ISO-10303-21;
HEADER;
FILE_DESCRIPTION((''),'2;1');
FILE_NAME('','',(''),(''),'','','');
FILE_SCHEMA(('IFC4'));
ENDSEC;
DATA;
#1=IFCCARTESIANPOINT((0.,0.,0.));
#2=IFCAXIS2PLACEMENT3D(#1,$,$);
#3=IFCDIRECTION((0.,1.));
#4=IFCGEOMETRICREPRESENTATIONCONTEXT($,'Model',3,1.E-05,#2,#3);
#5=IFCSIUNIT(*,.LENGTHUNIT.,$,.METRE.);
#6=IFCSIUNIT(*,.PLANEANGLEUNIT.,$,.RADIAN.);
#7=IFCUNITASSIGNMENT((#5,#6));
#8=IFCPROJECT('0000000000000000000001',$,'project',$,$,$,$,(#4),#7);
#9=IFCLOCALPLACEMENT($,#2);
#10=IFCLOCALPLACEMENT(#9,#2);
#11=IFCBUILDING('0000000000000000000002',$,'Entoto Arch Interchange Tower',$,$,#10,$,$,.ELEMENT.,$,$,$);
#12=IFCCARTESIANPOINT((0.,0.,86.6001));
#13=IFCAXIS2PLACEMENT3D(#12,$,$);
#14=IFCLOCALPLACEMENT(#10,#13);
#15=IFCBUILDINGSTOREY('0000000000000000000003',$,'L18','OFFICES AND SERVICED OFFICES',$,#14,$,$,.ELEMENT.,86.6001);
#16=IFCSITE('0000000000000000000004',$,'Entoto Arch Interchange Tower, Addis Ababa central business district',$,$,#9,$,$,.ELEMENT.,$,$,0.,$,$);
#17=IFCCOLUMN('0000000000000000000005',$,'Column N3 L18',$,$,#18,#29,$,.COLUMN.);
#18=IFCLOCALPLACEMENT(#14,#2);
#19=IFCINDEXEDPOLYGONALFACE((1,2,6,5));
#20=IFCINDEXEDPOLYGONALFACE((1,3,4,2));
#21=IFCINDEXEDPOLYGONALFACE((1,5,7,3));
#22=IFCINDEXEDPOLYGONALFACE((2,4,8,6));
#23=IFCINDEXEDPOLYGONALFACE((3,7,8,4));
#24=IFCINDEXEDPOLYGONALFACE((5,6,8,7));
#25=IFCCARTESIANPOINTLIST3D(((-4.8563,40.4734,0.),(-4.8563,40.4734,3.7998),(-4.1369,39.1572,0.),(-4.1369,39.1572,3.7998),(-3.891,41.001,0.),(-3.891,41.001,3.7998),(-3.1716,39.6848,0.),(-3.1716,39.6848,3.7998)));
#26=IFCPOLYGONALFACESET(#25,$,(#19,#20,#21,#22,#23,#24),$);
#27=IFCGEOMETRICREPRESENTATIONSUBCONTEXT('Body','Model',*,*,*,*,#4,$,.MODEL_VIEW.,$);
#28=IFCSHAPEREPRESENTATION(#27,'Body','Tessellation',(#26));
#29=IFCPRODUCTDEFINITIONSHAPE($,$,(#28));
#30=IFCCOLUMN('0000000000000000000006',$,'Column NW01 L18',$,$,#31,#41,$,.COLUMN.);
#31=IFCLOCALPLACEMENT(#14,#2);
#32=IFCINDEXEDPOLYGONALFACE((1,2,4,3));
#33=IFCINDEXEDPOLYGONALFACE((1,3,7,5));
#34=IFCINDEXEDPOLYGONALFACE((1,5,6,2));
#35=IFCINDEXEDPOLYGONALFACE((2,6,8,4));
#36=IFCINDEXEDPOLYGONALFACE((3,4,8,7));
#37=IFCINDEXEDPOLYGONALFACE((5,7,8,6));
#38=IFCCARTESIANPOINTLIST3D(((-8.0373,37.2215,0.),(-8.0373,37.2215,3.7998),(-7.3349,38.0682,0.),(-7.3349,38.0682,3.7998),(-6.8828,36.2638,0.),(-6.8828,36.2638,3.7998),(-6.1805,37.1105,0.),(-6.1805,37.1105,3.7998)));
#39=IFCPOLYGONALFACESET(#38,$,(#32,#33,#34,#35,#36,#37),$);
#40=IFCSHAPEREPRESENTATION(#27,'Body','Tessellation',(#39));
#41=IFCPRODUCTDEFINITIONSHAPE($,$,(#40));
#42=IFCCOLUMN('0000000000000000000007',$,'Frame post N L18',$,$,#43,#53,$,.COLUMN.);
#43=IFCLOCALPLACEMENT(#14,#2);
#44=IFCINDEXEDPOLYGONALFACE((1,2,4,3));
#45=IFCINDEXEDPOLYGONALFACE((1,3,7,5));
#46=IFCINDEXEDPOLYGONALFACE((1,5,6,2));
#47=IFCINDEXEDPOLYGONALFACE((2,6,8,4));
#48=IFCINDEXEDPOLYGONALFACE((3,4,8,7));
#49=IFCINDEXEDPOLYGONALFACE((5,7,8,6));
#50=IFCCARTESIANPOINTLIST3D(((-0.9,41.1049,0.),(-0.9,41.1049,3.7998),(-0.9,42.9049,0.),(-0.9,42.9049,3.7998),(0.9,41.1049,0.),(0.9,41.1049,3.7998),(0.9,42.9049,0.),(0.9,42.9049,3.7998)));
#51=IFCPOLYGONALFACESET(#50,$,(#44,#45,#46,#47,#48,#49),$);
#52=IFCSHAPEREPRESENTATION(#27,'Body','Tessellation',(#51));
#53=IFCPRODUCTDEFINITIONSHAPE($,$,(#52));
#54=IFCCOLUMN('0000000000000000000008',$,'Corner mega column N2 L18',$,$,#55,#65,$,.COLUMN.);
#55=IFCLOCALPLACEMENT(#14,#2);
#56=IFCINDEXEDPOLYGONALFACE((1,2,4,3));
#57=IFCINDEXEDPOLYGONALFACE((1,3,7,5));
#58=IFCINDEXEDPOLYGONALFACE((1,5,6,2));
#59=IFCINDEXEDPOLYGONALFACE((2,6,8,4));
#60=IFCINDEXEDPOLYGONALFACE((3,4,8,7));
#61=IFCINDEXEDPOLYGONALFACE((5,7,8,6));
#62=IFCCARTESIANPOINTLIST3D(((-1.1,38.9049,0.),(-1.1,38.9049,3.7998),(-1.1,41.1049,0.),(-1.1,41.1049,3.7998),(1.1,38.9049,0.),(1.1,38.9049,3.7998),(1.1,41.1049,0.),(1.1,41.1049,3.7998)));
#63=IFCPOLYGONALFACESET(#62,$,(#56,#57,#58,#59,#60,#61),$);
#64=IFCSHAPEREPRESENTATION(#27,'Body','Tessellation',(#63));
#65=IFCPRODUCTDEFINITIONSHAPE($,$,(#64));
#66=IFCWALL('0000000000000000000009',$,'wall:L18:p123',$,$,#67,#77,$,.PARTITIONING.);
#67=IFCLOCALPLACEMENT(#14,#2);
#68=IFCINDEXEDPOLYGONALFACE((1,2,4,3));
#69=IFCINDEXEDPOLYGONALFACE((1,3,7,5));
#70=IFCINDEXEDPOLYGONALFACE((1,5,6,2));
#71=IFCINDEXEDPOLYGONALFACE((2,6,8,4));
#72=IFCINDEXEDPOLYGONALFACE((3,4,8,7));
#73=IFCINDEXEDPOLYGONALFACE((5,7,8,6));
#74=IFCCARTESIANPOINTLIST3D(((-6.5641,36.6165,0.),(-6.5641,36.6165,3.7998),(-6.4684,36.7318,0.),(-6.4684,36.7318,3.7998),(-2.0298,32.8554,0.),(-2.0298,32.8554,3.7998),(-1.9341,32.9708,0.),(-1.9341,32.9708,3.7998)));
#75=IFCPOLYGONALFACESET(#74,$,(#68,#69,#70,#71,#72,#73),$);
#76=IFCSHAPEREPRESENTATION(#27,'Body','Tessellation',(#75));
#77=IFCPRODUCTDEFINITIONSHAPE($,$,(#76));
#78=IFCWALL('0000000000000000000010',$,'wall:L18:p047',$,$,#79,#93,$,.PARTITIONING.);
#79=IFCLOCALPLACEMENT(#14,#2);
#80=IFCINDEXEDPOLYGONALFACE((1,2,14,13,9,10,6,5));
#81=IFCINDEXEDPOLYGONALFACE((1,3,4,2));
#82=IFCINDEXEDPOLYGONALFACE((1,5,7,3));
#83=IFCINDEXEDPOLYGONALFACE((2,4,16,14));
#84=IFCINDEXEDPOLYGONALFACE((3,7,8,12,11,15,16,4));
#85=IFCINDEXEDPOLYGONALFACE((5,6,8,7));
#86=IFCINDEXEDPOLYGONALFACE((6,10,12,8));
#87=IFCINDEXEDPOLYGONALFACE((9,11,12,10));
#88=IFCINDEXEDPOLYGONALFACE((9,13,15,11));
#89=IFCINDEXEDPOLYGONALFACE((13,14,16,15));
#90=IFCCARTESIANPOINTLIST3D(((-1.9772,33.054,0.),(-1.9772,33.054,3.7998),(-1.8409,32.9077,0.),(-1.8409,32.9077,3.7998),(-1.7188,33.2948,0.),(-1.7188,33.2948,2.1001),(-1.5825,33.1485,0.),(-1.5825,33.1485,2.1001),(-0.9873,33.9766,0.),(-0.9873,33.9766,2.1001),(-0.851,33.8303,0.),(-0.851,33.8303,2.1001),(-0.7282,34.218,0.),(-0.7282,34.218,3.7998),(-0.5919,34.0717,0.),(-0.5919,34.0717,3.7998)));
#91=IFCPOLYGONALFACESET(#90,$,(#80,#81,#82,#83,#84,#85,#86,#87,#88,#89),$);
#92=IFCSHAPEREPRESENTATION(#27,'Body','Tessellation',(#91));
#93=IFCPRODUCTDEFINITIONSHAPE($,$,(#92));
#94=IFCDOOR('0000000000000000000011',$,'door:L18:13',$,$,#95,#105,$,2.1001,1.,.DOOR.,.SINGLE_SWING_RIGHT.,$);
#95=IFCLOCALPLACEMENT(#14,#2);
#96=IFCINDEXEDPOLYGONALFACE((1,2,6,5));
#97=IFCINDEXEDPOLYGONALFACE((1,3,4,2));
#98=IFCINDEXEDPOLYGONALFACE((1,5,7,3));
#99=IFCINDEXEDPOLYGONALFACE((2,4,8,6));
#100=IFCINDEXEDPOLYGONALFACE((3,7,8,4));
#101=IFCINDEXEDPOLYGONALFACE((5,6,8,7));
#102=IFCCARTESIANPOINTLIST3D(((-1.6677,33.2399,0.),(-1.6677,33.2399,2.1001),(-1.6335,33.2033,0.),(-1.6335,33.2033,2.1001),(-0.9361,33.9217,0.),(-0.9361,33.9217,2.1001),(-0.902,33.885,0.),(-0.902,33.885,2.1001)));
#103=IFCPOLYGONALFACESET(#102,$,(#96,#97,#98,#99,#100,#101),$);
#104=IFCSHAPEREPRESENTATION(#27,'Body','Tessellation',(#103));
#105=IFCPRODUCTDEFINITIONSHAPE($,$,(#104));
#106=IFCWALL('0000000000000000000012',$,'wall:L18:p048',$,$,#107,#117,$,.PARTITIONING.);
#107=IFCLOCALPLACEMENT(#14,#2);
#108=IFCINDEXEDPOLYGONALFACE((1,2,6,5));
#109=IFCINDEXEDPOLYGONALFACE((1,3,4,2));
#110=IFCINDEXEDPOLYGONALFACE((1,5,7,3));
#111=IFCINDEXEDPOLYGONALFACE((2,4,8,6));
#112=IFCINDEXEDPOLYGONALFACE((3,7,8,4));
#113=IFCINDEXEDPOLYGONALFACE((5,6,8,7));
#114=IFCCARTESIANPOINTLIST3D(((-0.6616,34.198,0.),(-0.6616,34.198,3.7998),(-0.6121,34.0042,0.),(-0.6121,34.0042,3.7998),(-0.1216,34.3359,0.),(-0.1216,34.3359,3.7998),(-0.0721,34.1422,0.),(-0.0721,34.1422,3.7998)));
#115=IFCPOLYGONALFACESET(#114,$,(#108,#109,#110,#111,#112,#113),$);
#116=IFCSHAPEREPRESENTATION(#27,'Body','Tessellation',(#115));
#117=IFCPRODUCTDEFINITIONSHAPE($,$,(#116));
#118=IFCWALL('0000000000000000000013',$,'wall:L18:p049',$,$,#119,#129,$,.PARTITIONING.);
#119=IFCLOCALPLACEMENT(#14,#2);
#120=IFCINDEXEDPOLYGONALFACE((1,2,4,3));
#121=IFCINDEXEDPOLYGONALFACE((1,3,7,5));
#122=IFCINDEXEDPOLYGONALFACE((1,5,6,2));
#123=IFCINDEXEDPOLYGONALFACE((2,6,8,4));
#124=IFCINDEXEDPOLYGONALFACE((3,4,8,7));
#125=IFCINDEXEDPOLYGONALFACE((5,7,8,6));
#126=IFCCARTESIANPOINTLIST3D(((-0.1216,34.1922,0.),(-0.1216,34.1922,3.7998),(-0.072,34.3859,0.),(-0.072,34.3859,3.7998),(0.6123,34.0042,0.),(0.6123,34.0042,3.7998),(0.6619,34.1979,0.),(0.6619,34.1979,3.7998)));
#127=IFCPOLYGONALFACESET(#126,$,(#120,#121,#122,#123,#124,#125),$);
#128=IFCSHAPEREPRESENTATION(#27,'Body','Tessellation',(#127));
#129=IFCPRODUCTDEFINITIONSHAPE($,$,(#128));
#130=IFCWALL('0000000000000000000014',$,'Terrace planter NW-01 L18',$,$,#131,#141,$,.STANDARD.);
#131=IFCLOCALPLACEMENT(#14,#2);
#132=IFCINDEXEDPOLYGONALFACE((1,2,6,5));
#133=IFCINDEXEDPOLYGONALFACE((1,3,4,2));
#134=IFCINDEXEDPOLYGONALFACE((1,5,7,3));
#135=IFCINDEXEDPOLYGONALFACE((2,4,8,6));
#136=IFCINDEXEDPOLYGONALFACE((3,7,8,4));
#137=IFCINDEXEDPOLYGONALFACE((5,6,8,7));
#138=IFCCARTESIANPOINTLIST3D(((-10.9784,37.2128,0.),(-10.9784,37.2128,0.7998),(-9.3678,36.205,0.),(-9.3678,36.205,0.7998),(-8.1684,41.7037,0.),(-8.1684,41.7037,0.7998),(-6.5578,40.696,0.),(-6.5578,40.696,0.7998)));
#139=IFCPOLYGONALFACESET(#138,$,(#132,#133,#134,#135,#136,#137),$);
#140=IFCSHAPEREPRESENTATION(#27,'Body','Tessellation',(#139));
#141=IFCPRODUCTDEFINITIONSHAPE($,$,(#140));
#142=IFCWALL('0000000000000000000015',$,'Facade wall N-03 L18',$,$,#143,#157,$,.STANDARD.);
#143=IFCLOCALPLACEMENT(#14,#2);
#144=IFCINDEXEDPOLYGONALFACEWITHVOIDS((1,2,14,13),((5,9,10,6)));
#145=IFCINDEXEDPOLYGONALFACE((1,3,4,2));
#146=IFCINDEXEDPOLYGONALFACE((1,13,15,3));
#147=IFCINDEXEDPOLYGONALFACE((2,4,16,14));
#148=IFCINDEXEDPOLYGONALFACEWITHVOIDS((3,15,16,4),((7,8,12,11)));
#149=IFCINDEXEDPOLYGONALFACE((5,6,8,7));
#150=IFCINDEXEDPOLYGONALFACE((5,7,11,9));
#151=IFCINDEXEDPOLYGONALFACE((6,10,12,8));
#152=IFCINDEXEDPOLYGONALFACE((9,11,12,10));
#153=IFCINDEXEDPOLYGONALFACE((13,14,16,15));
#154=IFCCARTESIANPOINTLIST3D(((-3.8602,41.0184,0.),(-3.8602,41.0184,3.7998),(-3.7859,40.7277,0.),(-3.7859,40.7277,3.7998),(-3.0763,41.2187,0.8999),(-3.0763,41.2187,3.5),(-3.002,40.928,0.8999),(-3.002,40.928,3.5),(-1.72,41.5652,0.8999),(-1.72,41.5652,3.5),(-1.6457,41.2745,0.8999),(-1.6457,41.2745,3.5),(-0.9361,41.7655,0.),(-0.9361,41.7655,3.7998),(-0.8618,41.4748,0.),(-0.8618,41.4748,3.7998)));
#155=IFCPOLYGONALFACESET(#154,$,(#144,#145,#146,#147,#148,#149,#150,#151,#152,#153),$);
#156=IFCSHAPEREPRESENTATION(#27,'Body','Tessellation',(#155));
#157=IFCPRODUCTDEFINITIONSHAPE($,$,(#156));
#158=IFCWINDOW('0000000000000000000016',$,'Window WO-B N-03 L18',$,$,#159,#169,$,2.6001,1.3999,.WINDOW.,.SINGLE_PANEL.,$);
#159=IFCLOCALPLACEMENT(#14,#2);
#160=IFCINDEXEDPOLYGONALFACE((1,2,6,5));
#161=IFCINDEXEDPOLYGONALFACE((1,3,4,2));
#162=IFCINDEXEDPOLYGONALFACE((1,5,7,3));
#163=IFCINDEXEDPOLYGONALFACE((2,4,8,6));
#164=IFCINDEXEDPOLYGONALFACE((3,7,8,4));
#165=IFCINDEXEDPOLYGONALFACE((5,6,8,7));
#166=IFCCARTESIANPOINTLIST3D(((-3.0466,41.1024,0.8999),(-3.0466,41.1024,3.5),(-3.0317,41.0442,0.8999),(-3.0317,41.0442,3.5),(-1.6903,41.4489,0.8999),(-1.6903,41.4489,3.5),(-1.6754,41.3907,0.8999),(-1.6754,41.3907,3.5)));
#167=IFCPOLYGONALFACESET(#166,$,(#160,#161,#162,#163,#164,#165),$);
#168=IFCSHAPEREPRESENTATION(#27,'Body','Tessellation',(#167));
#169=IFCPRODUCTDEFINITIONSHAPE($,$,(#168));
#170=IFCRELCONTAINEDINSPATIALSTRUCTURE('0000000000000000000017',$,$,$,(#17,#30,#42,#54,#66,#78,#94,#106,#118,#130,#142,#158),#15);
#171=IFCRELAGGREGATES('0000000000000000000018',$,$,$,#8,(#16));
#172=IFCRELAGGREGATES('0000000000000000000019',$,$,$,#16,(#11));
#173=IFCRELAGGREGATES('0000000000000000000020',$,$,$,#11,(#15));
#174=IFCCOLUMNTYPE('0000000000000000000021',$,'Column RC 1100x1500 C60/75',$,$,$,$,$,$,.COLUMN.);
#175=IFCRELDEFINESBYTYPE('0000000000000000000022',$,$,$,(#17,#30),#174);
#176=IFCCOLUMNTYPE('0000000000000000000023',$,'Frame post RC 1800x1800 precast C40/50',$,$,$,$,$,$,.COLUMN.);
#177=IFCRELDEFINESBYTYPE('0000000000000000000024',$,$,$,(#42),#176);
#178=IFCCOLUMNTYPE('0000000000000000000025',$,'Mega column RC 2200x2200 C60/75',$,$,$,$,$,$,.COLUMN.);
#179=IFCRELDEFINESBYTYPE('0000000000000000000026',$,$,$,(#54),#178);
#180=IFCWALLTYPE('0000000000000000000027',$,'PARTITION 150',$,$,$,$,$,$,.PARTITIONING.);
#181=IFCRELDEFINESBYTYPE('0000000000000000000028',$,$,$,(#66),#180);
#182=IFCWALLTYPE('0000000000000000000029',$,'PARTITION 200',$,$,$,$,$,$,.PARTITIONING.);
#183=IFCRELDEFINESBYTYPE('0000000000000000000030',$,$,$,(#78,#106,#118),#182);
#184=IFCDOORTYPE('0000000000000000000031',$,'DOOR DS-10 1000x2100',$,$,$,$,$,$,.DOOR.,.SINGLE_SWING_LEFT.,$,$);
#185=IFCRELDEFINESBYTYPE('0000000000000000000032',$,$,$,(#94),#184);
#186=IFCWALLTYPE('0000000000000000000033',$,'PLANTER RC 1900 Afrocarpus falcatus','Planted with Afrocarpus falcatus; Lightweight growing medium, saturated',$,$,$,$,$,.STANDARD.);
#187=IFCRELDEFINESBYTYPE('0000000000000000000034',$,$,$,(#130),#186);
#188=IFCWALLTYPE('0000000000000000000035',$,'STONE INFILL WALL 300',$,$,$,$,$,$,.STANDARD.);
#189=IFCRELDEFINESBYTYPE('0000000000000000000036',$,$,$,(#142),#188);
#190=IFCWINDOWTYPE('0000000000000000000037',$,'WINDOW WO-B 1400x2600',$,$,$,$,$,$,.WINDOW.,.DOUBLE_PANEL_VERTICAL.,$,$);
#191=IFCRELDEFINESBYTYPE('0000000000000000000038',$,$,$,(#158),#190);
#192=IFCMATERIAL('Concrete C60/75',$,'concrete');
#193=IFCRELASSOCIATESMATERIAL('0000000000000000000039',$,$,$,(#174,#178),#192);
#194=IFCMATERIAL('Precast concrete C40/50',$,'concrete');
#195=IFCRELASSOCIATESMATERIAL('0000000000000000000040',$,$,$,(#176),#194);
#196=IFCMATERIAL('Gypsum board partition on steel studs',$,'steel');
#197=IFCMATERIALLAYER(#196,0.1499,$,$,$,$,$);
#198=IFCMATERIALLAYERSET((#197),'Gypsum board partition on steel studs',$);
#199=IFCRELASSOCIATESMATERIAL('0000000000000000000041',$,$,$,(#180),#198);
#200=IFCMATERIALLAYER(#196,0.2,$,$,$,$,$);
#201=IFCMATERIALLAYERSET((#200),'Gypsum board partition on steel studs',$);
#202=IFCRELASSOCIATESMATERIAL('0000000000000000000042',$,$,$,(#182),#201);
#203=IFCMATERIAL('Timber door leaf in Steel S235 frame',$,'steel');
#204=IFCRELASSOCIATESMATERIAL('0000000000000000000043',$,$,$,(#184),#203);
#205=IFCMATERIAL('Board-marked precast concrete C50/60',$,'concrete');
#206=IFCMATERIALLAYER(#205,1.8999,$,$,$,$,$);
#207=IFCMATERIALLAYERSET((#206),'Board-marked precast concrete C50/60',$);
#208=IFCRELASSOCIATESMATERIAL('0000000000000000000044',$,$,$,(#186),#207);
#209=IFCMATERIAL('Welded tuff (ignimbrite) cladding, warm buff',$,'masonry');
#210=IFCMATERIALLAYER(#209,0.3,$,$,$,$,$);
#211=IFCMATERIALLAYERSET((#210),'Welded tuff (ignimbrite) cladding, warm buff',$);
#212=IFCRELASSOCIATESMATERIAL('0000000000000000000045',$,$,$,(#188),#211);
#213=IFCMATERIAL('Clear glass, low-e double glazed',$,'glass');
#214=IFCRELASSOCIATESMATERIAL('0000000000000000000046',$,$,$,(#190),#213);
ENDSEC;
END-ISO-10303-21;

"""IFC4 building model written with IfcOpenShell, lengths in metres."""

from ifc_helpers import new_model, si_unit, direction, frame, frame_2d, origin, origin_2d, place, context, subcontext, project, spatial, rectangle, extrude, material, layer, layer_set, material_profile, profile_set, type_object, element, fill, save


model = new_model("IFC4")

# Units and contexts
model_context = context("Model", 3, precision=1e-05, world=origin(), true_north=direction((0.0, 1.0)))
body_context = subcontext(model_context, "Body", "Model", "MODEL_VIEW")
ifc_project = project(units=[si_unit("LENGTHUNIT", "METRE"), si_unit("PLANEANGLEUNIT", "RADIAN")], contexts=[model_context])

# Site, building, storey
site_placement = place(None, origin())
site = spatial("IfcSite", under=ifc_project, at=site_placement, Name="Entoto Arch Interchange Tower, Addis Ababa central business district", CompositionType="ELEMENT", RefElevation=0.0)
building_placement = place(site_placement, origin())
building = spatial("IfcBuilding", under=site, at=building_placement, Name="Entoto Arch Interchange Tower", CompositionType="ELEMENT")
storey_placement = place(building_placement, frame((0.0, 0.0, 86.6001)))
storey = spatial("IfcBuildingStorey", under=building, at=storey_placement, Name="L18", Description="OFFICES AND SERVICED OFFICES", CompositionType="ELEMENT", Elevation=86.6001)

# Columns
ifc_material_1 = material(Name="Concrete C60/75", Category="concrete")
ifc_material_profile_1 = material_profile(ifc_material_1, rectangle(XDim=1.1001, YDim=1.5, at=origin_2d()))
ifc_profile_set_1 = profile_set([ifc_material_profile_1], Name="Concrete C60/75")
column_type_1 = type_object("IfcColumnType", Name="Column RC 1100x1500 C60/75", PredefinedType="COLUMN", material=ifc_profile_set_1)
for number, where, z_axis, x_axis, name in (
    (1, (-4.0139, 40.0791, 0.0), (0.0, 0.0, 1.0), (0.877481, 0.479611, 0.0), "Column N3 L18"),
    (2, (-7.1089, 37.166, 0.0), (0.0, 0.0, 1.0), (0.638459, 0.769656, 0.0), "Column NW01 L18"),
):
    element("IfcColumn", number, at=place(storey_placement, frame(where, z_axis=z_axis, x_axis=x_axis)), inside=storey, type_object=column_type_1, Name=name, PredefinedType="COLUMN", context=body_context, shape_type="SweptSolid", body=[
        extrude(rectangle(XDim=1.1001, YDim=1.5, at=origin_2d()), origin(), (0.0, 0.0, 1.0), 3.7998),
    ])
ifc_material_2 = material(Name="Precast concrete C40/50", Category="concrete")
ifc_material_profile_2 = material_profile(ifc_material_2, rectangle(XDim=1.8, YDim=1.8, at=origin_2d()))
ifc_profile_set_2 = profile_set([ifc_material_profile_2], Name="Precast concrete C40/50")
column_type_2 = type_object("IfcColumnType", Name="Frame post RC 1800x1800 precast C40/50", PredefinedType="COLUMN", material=ifc_profile_set_2)
column_1_placement = place(storey_placement, frame((0.0, 42.0049, 0.0), z_axis=(0.0, 0.0, 1.0), x_axis=(0.0, 1.0, 0.0)))
element("IfcColumn", 3, at=column_1_placement, inside=storey, type_object=column_type_2, Name="Frame post N L18", PredefinedType="COLUMN", context=body_context, shape_type="SweptSolid", body=[
    extrude(rectangle(XDim=1.8, YDim=1.8, at=origin_2d()), origin(), (0.0, 0.0, 1.0), 3.7998),
])
ifc_material_profile_3 = material_profile(ifc_material_1, rectangle(XDim=2.2, YDim=2.2, at=origin_2d()))
ifc_profile_set_3 = profile_set([ifc_material_profile_3], Name="Concrete C60/75")
column_type_3 = type_object("IfcColumnType", Name="Mega column RC 2200x2200 C60/75", PredefinedType="COLUMN", material=ifc_profile_set_3)
column_2_placement = place(storey_placement, frame((0.0, 40.0049, 0.0), z_axis=(0.0, 0.0, 1.0), x_axis=(0.0, 1.0, 0.0)))
element("IfcColumn", 4, at=column_2_placement, inside=storey, type_object=column_type_3, Name="Corner mega column N2 L18", PredefinedType="COLUMN", context=body_context, shape_type="SweptSolid", body=[
    extrude(rectangle(XDim=2.2, YDim=2.2, at=origin_2d()), origin(), (0.0, 0.0, 1.0), 3.7998),
])

# Wall
ifc_material_3 = material(Name="Gypsum board partition on steel studs", Category="steel")
ifc_layer_1 = layer(ifc_material_3, 0.1499)
ifc_layer_set_1 = layer_set([ifc_layer_1], Name="Gypsum board partition on steel studs")
wall_type_1 = type_object("IfcWallType", Name="PARTITION 150", PredefinedType="PARTITIONING", material=ifc_layer_set_1)
wall_1_placement = place(storey_placement, frame((-1.9819, 32.9131, 0.0), z_axis=(0.0, 0.0, 1.0), x_axis=(-0.76968, 0.63843, 0.0)))
element("IfcWall", 5, at=wall_1_placement, inside=storey, type_object=wall_type_1, Name="wall:L18:p123", PredefinedType="PARTITIONING", context=body_context, shape_type="SweptSolid", body=[
    extrude(rectangle(XDim=5.8911, YDim=0.1499, at=frame_2d((2.9456, 0.0))), origin(), (0.0, 0.0, 1.0), 3.7998),
])

# Wall, opening, door
ifc_layer_2 = layer(ifc_material_3, 0.2)
ifc_layer_set_2 = layer_set([ifc_layer_2], Name="Gypsum board partition on steel studs")
wall_type_2 = type_object("IfcWallType", Name="PARTITION 200", PredefinedType="PARTITIONING", material=ifc_layer_set_2)
wall_2_placement = place(storey_placement, frame((-1.9089, 32.981, 0.0), z_axis=(0.0, 0.0, 1.0), x_axis=(0.73155, 0.681788, 0.0)))
wall_2 = element("IfcWall", 6, at=wall_2_placement, inside=storey, type_object=wall_type_2, Name="wall:L18:p047", PredefinedType="PARTITIONING", context=body_context, shape_type="SweptSolid", body=[
    extrude(rectangle(XDim=1.7073, YDim=0.2, at=frame_2d((0.8535, 0.0))), origin(), (0.0, 0.0, 1.0), 3.7998),
])
opening_1_placement = place(wall_2_placement, frame((0.353, 0.0, 0.0)))
opening_1 = element("IfcOpeningElement", 7, at=opening_1_placement, cuts=wall_2, PredefinedType="OPENING", context=body_context, shape_type="SweptSolid", body=[
    extrude(rectangle(XDim=1.0, YDim=2.1001, at=frame_2d((0.5, 1.05))), frame((0.0, 0.1099, 0.0), z_axis=(0.0, -1.0, 0.0), x_axis=(1.0, 0.0, 0.0)), (0.0, 0.0, 1.0), 0.22),
])
ifc_material_4 = material(Name="Timber door leaf in Steel S235 frame", Category="steel")
door_type = type_object("IfcDoorType", Name="DOOR DS-10 1000x2100", OperationType="SINGLE_SWING_LEFT", PredefinedType="DOOR", material=ifc_material_4)
door_placement = place(opening_1_placement, origin())
door = element("IfcDoor", 8, at=door_placement, inside=storey, type_object=door_type, Name="door:L18:13", OperationType="SINGLE_SWING_RIGHT", OverallHeight=2.1001, OverallWidth=1.0, PredefinedType="DOOR", context=body_context, shape_type="SweptSolid", body=[
    extrude(rectangle(XDim=1.0, YDim=2.1001, at=frame_2d((0.5, 1.05))), frame((0.0, 0.0249, 0.0), z_axis=(0.0, -1.0, 0.0), x_axis=(1.0, 0.0, 0.0)), (0.0, 0.0, 1.0), 0.05),
])
fill(opening_1, door)

# Walls
wall_3_placement = place(storey_placement, frame((-0.637, 34.1011, 0.0), z_axis=(0.0, 0.0, 1.0), x_axis=(0.968893, 0.247479, 0.0)))
element("IfcWall", 9, at=wall_3_placement, inside=storey, type_object=wall_type_2, Name="wall:L18:p048", PredefinedType="PARTITIONING", context=body_context, shape_type="SweptSolid", body=[
    extrude(rectangle(XDim=0.5574, YDim=0.2, at=frame_2d((0.2788, 0.0))), origin(), (0.0, 0.0, 1.0), 3.7998),
])
wall_4_placement = place(storey_placement, frame((-0.0969, 34.2891, 0.0), z_axis=(0.0, 0.0, 1.0), x_axis=(0.968723, -0.248143, 0.0)))
element("IfcWall", 10, at=wall_4_placement, inside=storey, type_object=wall_type_2, Name="wall:L18:p049", PredefinedType="PARTITIONING", context=body_context, shape_type="SweptSolid", body=[
    extrude(rectangle(XDim=0.7576, YDim=0.2, at=frame_2d((0.3789, 0.0))), origin(), (0.0, 0.0, 1.0), 3.7998),
])
ifc_material_5 = material(Name="Board-marked precast concrete C50/60", Category="concrete")
ifc_layer_3 = layer(ifc_material_5, 1.8999)
ifc_layer_set_3 = layer_set([ifc_layer_3], Name="Board-marked precast concrete C50/60")
wall_type_3 = type_object("IfcWallType", Name="PLANTER RC 1900 Afrocarpus falcatus", Description="Planted with Afrocarpus falcatus; Lightweight growing medium, saturated", PredefinedType="STANDARD", material=ifc_layer_set_3)
wall_5_placement = place(storey_placement, frame((-7.363, 41.2, 0.0), z_axis=(0.0, 0.0, 1.0), x_axis=(-0.530434, -0.847726, 0.0)))
element("IfcWall", 11, at=wall_5_placement, inside=storey, type_object=wall_type_3, Name="Terrace planter NW-01 L18", PredefinedType="STANDARD", context=body_context, shape_type="SweptSolid", body=[
    extrude(rectangle(XDim=5.2976, YDim=1.8999, at=frame_2d((2.6489, 0.0))), origin(), (0.0, 0.0, 1.0), 0.7998),
])

# Wall, opening, window
ifc_material_6 = material(Name="Welded tuff (ignimbrite) cladding, warm buff", Category="masonry")
ifc_layer_4 = layer(ifc_material_6, 0.3)
ifc_layer_set_4 = layer_set([ifc_layer_4], Name="Welded tuff (ignimbrite) cladding, warm buff")
wall_type_4 = type_object("IfcWallType", Name="STONE INFILL WALL 300", PredefinedType="STANDARD", material=ifc_layer_set_4)
wall_6_placement = place(storey_placement, frame((-0.8989, 41.6201, 0.0), z_axis=(0.0, 0.0, 1.0), x_axis=(-0.968878, -0.247538, 0.0)))
wall_6 = element("IfcWall", 12, at=wall_6_placement, inside=storey, type_object=wall_type_4, Name="Facade wall N-03 L18", PredefinedType="STANDARD", context=body_context, shape_type="SweptSolid", body=[
    extrude(rectangle(XDim=3.0181, YDim=0.3, at=frame_2d((1.509, 0.0))), origin(), (0.0, 0.0, 1.0), 3.7998),
])
opening_2_placement = place(wall_6_placement, frame((0.8091, 0.0, 0.8999)))
opening_2 = element("IfcOpeningElement", 13, at=opening_2_placement, cuts=wall_6, PredefinedType="OPENING", context=body_context, shape_type="SweptSolid", body=[
    extrude(rectangle(XDim=1.3999, YDim=2.6001, at=frame_2d((0.7, 1.3))), frame((0.0, 0.1602, 0.0), z_axis=(0.0, -1.0, 0.0), x_axis=(1.0, 0.0, 0.0)), (0.0, 0.0, 1.0), 0.3201),
])
ifc_material_7 = material(Name="Clear glass, low-e double glazed", Category="glass")
window_type_1 = type_object("IfcWindowType", Name="WINDOW WO-B 1400x2600", PartitioningType="DOUBLE_PANEL_VERTICAL", PredefinedType="WINDOW", material=ifc_material_7)
window_1_placement = place(opening_2_placement, origin())
window_1 = element("IfcWindow", 14, at=window_1_placement, inside=storey, type_object=window_type_1, Name="Window WO-B N-03 L18", OverallHeight=2.6001, OverallWidth=1.3999, PartitioningType="SINGLE_PANEL", PredefinedType="WINDOW", context=body_context, shape_type="SweptSolid", body=[
    extrude(rectangle(XDim=1.3999, YDim=2.6001, at=frame_2d((0.7, 1.3))), frame((0.0, 0.03, 0.0), z_axis=(0.0, -1.0, 0.0), x_axis=(1.0, 0.0, 0.0)), (0.0, 0.0, 1.0), 0.0601),
])
fill(opening_2, window_1)

save(model, "model.ifc")
